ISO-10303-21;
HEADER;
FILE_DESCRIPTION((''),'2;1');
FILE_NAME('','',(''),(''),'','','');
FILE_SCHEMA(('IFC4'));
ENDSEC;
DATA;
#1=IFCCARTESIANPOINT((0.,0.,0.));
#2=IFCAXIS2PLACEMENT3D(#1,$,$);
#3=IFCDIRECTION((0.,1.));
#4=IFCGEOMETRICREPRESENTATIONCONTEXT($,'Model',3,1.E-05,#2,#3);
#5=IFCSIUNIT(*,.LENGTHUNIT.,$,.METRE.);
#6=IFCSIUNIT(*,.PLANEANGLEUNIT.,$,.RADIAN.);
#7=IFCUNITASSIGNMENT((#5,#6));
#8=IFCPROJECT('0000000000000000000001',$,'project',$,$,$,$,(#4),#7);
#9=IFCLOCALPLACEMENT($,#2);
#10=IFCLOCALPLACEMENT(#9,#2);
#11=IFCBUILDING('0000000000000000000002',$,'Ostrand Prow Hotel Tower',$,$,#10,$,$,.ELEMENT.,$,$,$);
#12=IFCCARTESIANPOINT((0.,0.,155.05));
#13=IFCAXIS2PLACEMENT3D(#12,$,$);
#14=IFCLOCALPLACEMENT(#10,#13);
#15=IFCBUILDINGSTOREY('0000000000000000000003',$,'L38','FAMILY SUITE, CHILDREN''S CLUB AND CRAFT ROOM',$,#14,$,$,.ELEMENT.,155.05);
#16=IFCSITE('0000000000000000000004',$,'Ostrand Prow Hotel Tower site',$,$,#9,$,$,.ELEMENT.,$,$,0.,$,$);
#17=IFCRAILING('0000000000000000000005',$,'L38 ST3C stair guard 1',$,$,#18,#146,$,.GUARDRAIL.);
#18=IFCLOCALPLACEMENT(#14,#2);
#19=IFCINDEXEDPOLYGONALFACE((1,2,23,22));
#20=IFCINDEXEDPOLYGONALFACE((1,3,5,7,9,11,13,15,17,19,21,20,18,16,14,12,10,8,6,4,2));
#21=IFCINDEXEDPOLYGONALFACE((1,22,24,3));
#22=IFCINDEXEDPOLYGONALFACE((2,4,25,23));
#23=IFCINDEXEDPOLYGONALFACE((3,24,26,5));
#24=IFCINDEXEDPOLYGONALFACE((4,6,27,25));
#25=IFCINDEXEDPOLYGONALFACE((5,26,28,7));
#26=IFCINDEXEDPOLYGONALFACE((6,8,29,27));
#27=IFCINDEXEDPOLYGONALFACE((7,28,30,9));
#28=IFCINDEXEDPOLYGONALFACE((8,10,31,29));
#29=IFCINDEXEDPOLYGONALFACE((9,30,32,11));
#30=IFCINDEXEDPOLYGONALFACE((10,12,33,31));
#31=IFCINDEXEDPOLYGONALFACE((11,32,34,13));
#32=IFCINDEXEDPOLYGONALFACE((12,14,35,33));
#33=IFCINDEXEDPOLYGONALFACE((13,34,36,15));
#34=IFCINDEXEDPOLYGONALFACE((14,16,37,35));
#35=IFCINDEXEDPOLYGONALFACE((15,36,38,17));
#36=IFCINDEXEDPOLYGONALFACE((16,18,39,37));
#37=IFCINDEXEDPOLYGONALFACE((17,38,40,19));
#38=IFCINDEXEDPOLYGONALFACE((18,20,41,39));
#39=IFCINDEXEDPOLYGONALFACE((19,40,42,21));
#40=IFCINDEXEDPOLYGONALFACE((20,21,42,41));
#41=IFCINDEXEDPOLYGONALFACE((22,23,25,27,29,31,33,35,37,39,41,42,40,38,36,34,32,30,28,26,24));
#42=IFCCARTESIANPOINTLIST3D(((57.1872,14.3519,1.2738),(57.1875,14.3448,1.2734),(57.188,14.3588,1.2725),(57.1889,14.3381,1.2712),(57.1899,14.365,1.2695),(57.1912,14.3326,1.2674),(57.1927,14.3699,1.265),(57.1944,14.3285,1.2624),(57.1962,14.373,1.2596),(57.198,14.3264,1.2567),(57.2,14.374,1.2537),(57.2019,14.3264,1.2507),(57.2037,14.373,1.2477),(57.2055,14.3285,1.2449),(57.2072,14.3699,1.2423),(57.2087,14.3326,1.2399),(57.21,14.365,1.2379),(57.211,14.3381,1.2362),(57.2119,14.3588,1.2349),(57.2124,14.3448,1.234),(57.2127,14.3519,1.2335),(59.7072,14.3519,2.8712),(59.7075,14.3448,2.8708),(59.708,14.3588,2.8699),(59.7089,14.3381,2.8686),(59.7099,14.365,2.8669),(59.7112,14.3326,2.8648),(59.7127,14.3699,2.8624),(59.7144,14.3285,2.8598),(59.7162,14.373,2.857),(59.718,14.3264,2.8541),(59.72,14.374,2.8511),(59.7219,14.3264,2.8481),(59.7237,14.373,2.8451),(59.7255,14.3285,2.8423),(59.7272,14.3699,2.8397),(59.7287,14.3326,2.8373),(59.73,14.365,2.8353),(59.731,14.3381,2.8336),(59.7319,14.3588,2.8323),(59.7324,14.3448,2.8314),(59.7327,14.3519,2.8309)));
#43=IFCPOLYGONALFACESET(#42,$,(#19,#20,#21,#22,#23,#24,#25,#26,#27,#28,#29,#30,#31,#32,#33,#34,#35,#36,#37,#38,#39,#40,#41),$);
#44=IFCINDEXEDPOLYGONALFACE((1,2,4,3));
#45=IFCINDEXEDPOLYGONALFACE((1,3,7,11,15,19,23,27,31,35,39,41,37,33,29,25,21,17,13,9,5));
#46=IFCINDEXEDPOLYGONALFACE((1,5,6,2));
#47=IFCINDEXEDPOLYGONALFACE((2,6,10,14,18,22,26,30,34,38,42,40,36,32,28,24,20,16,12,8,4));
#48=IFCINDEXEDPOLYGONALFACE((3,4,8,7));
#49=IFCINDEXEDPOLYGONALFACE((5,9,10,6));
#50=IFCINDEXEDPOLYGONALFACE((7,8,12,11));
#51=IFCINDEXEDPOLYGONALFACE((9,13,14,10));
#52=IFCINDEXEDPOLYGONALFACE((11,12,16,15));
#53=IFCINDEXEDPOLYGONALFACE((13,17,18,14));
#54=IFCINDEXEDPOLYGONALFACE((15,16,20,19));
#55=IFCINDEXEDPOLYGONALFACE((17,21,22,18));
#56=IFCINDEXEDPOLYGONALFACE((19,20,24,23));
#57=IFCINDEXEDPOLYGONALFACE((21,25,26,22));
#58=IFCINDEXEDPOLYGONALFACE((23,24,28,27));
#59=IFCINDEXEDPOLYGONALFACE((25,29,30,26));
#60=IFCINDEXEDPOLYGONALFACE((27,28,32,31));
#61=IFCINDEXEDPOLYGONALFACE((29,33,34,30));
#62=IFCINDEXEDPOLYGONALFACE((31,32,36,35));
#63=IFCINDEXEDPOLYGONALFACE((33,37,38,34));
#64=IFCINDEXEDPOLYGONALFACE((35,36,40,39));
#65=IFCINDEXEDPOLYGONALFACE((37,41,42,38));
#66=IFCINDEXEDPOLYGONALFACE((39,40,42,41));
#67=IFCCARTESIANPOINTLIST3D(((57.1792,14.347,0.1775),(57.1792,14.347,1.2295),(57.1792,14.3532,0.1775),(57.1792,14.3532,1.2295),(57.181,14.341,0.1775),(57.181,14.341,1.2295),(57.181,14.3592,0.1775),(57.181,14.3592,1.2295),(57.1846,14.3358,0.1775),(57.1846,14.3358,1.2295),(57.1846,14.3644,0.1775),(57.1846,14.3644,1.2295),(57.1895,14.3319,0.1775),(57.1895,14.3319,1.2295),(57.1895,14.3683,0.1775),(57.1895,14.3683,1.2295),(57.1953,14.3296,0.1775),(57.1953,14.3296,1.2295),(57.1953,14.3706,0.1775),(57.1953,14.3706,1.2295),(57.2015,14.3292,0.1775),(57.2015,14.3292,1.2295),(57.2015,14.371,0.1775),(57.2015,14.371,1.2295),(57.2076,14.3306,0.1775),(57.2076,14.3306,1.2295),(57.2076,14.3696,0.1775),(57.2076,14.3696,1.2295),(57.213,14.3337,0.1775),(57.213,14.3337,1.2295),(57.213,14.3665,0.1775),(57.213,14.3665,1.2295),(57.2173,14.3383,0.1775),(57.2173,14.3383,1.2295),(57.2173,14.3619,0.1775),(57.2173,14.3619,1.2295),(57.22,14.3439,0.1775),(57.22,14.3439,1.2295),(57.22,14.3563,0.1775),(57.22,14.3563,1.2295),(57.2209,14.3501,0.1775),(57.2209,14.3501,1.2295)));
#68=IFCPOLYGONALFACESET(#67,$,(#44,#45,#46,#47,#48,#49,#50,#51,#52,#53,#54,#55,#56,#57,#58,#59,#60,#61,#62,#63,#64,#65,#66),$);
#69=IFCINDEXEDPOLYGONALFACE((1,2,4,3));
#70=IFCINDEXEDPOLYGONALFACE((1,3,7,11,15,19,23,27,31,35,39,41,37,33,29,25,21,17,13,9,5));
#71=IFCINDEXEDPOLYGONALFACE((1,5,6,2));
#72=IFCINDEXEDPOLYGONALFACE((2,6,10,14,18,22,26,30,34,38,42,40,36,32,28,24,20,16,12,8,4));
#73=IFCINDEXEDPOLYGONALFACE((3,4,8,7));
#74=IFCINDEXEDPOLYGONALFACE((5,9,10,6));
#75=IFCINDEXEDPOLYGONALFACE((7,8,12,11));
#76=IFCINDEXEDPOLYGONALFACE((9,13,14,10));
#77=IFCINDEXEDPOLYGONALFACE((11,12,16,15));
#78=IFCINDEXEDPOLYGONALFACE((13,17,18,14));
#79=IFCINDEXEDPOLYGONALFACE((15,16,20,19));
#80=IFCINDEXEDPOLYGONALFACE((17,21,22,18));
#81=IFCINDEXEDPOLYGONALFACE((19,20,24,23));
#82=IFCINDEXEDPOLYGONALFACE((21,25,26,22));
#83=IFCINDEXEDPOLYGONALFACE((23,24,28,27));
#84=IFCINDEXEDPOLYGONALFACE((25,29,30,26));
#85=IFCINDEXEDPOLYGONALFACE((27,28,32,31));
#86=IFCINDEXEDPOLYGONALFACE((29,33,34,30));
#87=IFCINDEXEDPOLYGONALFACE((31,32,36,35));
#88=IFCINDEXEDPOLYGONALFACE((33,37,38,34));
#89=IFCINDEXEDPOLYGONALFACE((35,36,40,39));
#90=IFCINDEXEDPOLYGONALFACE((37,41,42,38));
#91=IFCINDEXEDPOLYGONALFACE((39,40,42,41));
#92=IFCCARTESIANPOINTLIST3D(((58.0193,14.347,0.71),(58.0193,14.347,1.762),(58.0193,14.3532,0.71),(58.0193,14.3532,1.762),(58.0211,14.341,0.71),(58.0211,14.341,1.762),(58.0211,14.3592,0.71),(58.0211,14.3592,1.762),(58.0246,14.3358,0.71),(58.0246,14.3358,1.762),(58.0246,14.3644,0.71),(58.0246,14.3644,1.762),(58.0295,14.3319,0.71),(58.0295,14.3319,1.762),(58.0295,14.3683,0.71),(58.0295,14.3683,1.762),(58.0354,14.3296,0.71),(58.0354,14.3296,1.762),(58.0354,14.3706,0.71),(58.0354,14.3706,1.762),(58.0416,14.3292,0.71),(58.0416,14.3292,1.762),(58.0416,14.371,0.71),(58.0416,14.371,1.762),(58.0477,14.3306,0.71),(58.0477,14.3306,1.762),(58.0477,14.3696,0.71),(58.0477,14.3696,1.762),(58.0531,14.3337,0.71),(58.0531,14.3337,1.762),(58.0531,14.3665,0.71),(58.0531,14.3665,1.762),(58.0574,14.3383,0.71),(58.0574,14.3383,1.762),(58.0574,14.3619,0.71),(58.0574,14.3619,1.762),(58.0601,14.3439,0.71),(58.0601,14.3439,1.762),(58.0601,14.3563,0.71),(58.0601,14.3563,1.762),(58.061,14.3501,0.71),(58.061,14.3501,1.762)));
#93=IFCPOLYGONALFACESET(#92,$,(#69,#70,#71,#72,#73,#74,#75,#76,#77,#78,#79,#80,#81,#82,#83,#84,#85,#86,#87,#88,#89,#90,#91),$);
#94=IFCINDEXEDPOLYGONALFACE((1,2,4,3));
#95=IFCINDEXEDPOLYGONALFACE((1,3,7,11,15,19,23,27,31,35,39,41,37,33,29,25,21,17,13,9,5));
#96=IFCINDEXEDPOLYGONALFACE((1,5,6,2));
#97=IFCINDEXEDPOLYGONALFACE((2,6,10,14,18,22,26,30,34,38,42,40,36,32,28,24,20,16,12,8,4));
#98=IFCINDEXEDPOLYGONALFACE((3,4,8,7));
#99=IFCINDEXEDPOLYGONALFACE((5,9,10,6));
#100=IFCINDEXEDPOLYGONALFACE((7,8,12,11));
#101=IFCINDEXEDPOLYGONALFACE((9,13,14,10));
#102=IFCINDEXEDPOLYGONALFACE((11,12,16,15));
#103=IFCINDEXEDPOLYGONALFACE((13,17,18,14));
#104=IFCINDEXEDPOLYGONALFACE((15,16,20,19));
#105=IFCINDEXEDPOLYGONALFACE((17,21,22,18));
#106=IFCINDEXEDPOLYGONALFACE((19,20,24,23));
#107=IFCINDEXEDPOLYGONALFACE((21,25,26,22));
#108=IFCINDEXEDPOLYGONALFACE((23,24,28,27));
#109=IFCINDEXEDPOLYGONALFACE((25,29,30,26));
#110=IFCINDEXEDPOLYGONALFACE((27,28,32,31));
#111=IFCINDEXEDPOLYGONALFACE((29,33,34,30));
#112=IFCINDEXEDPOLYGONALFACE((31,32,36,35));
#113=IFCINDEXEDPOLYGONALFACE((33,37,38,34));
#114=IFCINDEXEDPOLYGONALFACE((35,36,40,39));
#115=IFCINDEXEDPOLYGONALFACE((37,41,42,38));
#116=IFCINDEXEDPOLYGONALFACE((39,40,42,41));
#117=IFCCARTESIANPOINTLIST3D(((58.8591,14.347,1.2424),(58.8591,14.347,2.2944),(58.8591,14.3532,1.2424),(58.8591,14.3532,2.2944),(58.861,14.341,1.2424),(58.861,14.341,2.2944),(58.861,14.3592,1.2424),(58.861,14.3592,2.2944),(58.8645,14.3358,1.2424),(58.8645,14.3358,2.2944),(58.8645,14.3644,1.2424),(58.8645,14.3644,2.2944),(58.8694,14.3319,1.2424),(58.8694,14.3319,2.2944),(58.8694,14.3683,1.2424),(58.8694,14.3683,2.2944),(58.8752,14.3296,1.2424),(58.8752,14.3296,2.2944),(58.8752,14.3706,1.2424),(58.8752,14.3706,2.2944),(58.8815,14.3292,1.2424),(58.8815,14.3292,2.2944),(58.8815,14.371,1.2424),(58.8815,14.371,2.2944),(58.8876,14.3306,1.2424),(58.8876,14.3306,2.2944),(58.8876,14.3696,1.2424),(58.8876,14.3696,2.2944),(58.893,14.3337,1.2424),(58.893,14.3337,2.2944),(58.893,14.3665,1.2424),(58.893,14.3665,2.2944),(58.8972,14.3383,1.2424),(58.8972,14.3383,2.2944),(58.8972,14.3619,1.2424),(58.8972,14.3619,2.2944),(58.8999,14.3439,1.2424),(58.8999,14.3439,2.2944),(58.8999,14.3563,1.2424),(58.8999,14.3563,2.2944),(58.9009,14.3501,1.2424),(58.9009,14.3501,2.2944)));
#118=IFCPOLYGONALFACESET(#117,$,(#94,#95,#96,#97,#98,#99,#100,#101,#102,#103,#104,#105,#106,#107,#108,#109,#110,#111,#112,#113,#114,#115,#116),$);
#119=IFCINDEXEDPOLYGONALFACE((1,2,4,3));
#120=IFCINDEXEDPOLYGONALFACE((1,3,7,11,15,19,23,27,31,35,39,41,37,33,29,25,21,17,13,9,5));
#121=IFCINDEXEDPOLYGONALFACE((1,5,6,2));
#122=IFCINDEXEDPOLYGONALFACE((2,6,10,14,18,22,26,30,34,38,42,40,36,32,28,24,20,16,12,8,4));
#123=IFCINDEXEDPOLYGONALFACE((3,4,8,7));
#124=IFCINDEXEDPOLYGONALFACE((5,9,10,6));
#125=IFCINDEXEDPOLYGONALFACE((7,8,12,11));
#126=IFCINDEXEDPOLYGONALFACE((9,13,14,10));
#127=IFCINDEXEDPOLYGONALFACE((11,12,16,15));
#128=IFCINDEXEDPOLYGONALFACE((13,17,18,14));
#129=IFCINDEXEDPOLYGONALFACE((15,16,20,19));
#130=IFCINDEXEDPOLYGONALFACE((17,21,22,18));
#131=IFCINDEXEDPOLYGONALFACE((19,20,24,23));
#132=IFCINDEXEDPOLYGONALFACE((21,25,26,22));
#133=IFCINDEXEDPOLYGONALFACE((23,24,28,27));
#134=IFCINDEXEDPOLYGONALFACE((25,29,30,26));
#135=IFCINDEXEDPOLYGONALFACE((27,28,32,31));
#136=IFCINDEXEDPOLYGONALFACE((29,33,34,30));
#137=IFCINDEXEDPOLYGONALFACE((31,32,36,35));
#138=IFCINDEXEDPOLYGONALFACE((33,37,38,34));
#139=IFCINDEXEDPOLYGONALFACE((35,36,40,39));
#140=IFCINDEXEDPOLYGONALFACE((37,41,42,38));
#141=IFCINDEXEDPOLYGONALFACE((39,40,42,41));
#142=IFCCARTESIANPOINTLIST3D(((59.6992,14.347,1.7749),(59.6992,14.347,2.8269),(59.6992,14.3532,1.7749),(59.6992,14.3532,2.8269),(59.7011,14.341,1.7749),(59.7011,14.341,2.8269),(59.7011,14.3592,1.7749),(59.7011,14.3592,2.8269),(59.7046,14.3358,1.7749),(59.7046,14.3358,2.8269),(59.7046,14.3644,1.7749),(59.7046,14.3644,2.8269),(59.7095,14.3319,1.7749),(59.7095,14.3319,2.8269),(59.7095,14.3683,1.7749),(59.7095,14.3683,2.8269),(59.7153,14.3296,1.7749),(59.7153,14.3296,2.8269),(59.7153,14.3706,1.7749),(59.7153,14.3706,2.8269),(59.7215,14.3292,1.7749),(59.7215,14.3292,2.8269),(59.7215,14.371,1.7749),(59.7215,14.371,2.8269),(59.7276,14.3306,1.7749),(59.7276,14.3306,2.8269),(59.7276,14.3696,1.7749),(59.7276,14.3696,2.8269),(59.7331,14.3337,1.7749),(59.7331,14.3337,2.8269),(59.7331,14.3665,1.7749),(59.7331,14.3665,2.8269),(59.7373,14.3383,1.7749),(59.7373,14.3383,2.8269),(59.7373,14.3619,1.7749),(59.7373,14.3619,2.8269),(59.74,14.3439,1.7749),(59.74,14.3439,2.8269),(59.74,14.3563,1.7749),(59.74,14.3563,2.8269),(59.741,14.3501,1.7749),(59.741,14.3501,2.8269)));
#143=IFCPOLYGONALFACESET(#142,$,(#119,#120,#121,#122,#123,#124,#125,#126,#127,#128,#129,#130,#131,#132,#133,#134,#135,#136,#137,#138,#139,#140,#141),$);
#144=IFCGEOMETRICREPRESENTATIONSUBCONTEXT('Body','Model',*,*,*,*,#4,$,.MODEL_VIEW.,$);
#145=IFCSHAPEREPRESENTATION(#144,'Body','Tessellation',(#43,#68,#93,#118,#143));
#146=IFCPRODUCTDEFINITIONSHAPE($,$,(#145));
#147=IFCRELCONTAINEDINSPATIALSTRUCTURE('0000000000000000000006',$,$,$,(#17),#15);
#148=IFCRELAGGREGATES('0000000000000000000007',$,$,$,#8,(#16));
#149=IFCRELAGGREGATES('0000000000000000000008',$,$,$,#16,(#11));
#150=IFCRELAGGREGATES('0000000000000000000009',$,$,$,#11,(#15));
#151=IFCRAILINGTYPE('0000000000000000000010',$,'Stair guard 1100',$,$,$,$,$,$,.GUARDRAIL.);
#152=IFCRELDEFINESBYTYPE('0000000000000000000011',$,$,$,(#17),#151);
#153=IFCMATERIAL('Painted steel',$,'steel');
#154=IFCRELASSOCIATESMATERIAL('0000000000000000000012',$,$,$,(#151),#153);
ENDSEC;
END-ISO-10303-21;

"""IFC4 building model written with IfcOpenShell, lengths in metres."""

from ifc_helpers import new_model, si_unit, direction, frame, origin, origin_2d, place, context, subcontext, project, spatial, circle, extrude, material, type_object, element, save


model = new_model("IFC4")

# Units and contexts
model_context = context("Model", 3, precision=1e-05, world=origin(), true_north=direction((0.0, 1.0)))
body_context = subcontext(model_context, "Body", "Model", "MODEL_VIEW")
ifc_project = project(units=[si_unit("LENGTHUNIT", "METRE"), si_unit("PLANEANGLEUNIT", "RADIAN")], contexts=[model_context])

# Site, building, storey
site_placement = place(None, origin())
site = spatial("IfcSite", under=ifc_project, at=site_placement, Name="Ostrand Prow Hotel Tower site", CompositionType="ELEMENT", RefElevation=0.0)
building_placement = place(site_placement, origin())
building = spatial("IfcBuilding", under=site, at=building_placement, Name="Ostrand Prow Hotel Tower", CompositionType="ELEMENT")
storey_placement = place(building_placement, frame((0.0, 0.0, 155.05)))
storey = spatial("IfcBuildingStorey", under=building, at=storey_placement, Name="L38", Description="FAMILY SUITE, CHILDREN'S CLUB AND CRAFT ROOM", CompositionType="ELEMENT", Elevation=155.05)

# Railing
ifc_material_1 = material(Name="Painted steel", Category="steel")
railing_type_1 = type_object("IfcRailingType", Name="Stair guard 1100", PredefinedType="GUARDRAIL", material=ifc_material_1)
railing_1_placement = place(storey_placement, frame((57.2, 14.3501, 0.1775)))
element("IfcRailing", 1, at=railing_1_placement, inside=storey, type_object=railing_type_1, Name="L38 ST3C stair guard 1", PredefinedType="GUARDRAIL", context=body_context, shape_type="SweptSolid", body=[
    extrude(circle(Radius=0.0239, at=origin_2d()), frame((0.0, 0.0, 1.0762), z_axis=(0.844607, 0.0, 0.535387), x_axis=(0.0, 1.0, 0.0)), (0.0, 0.0, 1.0), 2.9836),
    extrude(circle(Radius=0.021, at=origin_2d()), origin(), (0.0, 0.0, 1.0), 1.052),
    extrude(circle(Radius=0.021, at=origin_2d()), frame((0.8401, 0.0, 0.5325)), (0.0, 0.0, 1.0), 1.052),
    extrude(circle(Radius=0.021, at=origin_2d()), frame((1.6799, 0.0, 1.0649)), (0.0, 0.0, 1.0), 1.052),
    extrude(circle(Radius=0.021, at=origin_2d()), frame((2.52, 0.0, 1.5974)), (0.0, 0.0, 1.0), 1.052),
])

save(model, "model.ifc")
